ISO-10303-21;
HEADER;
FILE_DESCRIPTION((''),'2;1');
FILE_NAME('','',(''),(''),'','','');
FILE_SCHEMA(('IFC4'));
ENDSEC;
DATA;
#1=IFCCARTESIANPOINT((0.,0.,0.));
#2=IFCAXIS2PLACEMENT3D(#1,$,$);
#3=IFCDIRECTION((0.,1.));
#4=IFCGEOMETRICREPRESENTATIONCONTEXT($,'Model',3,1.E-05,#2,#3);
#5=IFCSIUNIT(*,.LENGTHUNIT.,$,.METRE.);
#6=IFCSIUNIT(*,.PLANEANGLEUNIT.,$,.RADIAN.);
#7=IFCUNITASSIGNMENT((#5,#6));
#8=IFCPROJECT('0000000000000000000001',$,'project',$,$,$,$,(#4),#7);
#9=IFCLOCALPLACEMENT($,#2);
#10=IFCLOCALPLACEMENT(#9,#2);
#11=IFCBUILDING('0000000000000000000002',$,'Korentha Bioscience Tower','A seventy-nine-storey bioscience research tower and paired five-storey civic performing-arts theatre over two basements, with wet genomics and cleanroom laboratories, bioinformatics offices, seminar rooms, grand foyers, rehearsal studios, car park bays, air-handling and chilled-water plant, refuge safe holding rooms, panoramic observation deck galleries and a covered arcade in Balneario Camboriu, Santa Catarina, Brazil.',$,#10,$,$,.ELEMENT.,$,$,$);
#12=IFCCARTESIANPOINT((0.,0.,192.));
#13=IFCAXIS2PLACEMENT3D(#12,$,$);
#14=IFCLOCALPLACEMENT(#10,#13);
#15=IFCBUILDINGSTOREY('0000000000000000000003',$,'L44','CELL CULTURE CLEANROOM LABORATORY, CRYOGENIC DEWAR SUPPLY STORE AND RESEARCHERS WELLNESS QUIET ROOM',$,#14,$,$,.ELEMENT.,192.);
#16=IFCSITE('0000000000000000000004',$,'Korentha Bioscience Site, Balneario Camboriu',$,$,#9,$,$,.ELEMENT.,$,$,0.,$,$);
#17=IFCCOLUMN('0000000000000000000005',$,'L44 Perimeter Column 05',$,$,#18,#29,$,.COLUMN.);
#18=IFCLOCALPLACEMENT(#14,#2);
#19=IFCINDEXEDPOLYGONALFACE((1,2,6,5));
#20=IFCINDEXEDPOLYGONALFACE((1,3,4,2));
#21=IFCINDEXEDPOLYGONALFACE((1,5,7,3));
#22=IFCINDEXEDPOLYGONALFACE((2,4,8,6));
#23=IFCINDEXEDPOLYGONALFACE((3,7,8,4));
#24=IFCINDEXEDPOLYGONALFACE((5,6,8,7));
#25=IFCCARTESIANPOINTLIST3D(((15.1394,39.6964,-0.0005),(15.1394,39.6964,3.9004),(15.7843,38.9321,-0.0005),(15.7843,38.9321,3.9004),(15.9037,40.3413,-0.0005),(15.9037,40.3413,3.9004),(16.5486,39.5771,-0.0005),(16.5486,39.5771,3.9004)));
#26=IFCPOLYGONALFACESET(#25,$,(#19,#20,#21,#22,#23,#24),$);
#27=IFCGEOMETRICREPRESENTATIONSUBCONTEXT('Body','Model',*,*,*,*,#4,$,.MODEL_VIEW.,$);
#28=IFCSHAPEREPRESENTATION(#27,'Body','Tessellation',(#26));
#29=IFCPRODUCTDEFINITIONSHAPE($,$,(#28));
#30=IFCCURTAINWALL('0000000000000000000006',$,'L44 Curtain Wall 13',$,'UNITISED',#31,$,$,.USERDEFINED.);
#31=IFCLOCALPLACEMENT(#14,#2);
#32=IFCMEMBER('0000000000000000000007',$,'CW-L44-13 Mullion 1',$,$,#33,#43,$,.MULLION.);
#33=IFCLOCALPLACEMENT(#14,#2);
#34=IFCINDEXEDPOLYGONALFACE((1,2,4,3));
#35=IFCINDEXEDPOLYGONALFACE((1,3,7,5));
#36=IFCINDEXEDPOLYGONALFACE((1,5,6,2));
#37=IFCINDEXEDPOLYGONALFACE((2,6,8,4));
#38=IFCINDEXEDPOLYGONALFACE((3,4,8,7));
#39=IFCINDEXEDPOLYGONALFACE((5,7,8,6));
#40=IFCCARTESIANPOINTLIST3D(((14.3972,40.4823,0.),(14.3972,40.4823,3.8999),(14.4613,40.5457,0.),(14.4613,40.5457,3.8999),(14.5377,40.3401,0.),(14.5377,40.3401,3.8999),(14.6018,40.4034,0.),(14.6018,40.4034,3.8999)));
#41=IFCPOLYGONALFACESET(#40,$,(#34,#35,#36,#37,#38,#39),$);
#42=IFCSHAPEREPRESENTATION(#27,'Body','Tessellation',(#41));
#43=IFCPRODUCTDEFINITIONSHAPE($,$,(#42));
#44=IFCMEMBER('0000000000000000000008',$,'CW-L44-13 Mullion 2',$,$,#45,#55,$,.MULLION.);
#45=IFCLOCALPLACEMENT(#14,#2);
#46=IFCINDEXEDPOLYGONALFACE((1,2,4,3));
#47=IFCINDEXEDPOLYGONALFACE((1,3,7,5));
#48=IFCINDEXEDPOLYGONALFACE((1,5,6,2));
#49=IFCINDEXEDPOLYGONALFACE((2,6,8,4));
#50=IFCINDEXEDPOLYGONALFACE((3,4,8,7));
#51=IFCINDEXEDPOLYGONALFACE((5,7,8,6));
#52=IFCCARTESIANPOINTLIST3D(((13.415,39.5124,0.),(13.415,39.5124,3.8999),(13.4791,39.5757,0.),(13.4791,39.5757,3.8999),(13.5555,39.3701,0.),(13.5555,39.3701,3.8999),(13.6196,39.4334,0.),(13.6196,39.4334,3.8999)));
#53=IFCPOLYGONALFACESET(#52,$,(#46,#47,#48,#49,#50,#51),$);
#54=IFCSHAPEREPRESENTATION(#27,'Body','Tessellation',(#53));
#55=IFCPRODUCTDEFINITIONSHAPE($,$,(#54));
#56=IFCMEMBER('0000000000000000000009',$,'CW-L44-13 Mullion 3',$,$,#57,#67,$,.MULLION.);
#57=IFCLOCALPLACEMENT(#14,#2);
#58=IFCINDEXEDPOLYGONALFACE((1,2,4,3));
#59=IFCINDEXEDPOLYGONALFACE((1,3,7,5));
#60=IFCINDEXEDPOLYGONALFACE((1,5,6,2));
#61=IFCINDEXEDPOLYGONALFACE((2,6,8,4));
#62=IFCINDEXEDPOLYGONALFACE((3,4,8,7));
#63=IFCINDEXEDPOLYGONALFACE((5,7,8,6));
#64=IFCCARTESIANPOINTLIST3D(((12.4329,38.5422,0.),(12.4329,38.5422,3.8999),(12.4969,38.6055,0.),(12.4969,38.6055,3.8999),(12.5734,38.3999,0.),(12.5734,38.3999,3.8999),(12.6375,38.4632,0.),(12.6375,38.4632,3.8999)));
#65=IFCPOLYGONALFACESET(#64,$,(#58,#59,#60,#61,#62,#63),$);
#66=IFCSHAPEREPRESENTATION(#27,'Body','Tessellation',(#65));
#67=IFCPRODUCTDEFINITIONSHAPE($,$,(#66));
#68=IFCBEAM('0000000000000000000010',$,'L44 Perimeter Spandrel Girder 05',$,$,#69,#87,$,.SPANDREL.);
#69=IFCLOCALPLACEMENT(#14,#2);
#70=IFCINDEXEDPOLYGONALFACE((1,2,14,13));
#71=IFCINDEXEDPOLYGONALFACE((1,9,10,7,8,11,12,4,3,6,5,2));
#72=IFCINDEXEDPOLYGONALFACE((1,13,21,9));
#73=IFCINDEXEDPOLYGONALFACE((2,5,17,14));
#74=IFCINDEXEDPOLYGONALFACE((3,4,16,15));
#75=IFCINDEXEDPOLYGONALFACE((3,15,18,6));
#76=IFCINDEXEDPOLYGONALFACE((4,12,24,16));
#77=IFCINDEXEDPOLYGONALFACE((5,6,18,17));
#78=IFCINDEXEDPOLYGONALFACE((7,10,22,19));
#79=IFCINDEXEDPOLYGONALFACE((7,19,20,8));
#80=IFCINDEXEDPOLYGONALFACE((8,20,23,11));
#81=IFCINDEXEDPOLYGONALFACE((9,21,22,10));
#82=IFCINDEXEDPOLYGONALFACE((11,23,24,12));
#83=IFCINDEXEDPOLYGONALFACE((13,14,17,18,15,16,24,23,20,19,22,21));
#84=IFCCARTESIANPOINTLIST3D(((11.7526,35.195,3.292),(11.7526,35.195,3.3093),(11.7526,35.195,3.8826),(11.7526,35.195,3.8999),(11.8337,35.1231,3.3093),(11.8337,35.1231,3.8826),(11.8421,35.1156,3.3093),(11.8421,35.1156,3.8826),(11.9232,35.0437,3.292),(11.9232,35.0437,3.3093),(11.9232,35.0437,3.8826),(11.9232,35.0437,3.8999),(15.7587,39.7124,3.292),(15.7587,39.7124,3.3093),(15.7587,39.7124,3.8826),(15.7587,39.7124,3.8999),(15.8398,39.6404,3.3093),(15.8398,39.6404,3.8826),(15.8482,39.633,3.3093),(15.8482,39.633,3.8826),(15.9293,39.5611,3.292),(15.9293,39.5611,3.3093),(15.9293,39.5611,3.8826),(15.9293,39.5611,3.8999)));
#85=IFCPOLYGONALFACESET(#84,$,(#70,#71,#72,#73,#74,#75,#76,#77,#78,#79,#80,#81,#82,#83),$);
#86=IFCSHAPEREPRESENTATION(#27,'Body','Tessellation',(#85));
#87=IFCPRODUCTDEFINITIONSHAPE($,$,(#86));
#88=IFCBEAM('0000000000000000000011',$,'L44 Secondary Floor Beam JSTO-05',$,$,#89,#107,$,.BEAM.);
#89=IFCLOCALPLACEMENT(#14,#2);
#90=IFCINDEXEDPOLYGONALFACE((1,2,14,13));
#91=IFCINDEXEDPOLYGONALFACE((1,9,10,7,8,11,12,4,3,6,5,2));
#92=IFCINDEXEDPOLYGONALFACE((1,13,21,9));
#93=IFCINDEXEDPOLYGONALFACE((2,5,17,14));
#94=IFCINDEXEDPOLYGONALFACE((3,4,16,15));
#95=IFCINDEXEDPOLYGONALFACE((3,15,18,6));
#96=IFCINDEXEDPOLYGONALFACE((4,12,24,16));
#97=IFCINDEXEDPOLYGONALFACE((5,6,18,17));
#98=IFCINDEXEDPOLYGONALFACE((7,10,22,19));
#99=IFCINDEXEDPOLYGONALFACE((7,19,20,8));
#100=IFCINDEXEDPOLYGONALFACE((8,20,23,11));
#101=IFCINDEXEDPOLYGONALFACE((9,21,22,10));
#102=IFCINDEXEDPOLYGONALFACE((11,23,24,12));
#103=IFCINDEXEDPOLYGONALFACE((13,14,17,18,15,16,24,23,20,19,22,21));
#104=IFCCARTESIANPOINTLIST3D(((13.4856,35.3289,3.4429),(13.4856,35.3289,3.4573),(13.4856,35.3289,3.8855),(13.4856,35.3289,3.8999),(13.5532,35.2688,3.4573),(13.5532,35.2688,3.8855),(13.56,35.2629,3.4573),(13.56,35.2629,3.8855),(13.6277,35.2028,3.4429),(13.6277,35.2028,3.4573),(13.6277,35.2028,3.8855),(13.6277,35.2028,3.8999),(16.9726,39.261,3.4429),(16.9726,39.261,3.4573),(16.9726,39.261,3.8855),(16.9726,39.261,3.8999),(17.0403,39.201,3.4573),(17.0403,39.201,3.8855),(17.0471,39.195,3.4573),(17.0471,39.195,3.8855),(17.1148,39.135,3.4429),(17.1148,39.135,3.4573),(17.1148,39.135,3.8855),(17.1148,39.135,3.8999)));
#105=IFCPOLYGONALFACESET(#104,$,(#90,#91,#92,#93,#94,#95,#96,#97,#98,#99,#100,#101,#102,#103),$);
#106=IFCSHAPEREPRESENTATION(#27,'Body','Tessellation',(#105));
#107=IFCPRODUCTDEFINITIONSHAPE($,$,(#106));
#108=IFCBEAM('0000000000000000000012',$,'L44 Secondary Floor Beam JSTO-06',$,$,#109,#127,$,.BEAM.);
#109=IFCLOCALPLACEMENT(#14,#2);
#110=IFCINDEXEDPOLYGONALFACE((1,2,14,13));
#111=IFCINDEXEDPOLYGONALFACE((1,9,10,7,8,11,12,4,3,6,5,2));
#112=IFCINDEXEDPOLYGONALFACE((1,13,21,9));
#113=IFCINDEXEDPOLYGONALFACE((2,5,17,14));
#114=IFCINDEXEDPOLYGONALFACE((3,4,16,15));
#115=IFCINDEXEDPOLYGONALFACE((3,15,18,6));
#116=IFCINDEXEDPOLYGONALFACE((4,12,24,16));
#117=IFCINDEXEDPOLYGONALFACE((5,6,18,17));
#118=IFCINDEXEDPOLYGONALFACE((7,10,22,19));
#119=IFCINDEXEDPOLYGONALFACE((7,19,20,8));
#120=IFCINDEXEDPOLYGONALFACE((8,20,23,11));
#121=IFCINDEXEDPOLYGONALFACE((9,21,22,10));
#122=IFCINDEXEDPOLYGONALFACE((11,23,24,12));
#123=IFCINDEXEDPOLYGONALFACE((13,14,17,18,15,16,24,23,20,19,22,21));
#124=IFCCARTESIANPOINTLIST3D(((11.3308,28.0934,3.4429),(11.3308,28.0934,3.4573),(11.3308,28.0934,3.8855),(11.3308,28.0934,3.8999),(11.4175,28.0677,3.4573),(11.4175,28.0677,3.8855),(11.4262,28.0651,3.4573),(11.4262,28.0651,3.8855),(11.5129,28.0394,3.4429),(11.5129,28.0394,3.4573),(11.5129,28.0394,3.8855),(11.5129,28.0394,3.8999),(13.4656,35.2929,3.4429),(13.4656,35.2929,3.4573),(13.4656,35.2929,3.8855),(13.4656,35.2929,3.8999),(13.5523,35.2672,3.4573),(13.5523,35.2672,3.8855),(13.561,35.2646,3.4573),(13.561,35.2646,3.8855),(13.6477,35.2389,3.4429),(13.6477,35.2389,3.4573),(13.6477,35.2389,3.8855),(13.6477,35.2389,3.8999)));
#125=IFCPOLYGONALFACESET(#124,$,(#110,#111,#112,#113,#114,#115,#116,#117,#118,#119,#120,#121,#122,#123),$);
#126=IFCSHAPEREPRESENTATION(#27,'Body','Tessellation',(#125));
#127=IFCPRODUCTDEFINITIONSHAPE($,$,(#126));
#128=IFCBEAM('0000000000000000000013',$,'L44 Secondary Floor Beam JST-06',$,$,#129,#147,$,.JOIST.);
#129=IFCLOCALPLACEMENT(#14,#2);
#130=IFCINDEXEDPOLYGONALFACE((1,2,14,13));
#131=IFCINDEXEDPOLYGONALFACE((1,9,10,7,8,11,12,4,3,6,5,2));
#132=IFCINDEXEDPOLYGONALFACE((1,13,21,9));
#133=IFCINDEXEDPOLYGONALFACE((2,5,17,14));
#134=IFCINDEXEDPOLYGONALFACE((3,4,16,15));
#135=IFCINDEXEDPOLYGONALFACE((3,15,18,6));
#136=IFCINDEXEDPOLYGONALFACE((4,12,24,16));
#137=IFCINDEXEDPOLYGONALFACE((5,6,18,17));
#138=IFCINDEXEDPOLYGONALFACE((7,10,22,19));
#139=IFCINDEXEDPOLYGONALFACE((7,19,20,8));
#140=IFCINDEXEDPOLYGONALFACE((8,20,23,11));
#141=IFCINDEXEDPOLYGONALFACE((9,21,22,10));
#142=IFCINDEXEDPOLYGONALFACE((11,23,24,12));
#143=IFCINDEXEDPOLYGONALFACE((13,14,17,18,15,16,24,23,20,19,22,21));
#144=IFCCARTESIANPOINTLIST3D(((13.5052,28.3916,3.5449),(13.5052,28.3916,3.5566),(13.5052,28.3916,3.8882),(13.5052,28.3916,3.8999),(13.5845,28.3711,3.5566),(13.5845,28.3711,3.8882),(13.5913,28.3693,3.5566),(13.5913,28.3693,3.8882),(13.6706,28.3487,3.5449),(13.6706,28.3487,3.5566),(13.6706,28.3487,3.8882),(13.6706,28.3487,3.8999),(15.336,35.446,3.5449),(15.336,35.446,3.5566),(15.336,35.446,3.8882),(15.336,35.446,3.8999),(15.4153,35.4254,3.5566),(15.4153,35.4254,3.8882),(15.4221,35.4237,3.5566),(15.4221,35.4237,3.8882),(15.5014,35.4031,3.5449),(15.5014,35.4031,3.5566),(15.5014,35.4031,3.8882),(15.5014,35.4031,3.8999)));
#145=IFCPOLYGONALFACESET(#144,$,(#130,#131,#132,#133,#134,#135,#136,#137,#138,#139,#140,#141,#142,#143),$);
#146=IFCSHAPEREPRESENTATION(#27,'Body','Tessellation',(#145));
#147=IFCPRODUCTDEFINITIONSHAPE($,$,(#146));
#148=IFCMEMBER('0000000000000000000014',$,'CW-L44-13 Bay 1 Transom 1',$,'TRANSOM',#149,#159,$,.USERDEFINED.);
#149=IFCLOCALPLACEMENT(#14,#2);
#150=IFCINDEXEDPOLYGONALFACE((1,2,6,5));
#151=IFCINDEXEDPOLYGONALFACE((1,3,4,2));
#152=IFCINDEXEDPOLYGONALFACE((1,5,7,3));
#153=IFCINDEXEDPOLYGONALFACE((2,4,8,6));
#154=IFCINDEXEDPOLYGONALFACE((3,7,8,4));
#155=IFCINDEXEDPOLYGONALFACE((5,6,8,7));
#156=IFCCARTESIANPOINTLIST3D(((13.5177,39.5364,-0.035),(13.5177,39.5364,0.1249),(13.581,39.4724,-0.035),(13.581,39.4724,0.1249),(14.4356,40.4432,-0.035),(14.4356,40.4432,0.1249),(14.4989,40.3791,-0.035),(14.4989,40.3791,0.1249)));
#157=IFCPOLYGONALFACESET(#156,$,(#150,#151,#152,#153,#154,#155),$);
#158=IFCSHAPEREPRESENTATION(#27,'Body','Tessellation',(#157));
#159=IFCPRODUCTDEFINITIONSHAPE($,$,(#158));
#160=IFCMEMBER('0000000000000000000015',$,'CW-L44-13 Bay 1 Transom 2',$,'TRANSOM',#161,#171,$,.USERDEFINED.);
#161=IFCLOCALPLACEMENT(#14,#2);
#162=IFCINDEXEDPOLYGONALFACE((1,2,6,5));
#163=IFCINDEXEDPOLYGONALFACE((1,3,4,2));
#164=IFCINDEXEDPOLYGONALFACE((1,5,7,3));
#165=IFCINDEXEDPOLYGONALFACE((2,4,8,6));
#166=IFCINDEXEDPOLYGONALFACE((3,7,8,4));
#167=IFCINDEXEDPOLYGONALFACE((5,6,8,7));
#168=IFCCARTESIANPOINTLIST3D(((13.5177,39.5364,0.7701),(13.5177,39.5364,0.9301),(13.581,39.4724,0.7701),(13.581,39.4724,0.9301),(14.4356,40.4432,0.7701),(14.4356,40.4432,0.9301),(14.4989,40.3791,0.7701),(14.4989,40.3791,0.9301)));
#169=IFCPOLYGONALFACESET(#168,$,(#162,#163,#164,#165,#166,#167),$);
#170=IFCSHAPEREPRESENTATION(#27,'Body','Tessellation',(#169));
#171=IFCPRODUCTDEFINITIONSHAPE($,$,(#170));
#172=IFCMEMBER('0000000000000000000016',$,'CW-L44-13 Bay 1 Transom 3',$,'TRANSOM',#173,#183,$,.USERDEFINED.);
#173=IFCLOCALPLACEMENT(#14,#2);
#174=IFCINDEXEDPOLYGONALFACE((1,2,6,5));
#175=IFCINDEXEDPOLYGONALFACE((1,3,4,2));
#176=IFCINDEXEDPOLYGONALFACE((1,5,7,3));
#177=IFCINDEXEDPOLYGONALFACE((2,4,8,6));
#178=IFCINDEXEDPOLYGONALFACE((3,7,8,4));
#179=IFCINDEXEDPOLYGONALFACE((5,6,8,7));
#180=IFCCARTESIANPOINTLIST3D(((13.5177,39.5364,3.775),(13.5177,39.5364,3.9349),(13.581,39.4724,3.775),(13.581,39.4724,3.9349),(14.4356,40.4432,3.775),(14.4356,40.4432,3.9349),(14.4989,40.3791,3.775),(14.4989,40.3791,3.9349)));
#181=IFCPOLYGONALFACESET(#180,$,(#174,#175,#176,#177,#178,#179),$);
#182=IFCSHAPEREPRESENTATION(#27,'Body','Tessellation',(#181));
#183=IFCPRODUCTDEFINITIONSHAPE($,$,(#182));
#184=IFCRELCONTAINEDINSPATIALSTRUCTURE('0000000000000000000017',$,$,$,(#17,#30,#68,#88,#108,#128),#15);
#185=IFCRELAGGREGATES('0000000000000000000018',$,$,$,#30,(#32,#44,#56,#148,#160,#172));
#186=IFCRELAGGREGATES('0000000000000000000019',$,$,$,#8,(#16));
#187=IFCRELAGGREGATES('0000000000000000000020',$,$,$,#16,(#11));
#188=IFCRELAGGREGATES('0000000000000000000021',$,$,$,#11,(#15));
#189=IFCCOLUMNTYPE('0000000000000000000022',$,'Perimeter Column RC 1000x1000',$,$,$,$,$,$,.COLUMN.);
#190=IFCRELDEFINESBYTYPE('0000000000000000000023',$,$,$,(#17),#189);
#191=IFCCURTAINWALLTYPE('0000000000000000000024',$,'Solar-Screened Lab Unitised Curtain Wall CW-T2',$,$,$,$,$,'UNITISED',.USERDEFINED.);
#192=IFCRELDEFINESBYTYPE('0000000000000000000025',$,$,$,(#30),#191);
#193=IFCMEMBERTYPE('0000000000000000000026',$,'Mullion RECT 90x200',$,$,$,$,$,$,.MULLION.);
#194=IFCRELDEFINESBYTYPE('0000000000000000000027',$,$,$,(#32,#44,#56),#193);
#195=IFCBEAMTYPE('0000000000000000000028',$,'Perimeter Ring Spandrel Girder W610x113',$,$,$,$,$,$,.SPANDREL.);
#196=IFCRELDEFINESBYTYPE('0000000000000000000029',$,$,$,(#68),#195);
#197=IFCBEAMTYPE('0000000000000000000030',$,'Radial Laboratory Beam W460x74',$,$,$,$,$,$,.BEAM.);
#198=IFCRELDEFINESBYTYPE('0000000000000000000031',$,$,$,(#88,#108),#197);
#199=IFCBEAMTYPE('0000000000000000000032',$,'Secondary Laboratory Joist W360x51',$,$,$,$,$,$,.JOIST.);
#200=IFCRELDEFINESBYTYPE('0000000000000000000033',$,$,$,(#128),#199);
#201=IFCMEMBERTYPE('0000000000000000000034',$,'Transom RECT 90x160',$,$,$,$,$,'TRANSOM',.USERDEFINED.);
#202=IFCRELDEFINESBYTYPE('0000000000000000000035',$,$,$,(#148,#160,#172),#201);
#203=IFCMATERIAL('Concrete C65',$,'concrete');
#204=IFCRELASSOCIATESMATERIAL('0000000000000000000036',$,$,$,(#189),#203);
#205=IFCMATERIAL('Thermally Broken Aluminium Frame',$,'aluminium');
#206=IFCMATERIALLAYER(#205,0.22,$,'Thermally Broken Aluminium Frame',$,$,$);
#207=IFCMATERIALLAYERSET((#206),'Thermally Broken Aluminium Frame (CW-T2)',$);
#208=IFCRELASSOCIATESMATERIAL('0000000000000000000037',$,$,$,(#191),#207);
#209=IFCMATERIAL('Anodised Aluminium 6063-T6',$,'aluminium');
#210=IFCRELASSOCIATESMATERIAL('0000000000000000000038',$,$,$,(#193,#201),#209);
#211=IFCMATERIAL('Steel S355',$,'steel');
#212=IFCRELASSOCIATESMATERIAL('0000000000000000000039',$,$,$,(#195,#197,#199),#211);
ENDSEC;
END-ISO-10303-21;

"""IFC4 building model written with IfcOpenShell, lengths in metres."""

from ifc_helpers import new_model, si_unit, direction, frame, origin, origin_2d, place, context, subcontext, project, spatial, rectangle, i_section, extrude, material, layer, layer_set, material_profile, profile_set, type_object, element, aggregate, save


model = new_model("IFC4")

# Units and contexts
model_context = context("Model", 3, precision=1e-05, world=origin(), true_north=direction((0.0, 1.0)))
body_context = subcontext(model_context, "Body", "Model", "MODEL_VIEW")
ifc_project = project(units=[si_unit("LENGTHUNIT", "METRE"), si_unit("PLANEANGLEUNIT", "RADIAN")], contexts=[model_context])

# Site, building, storey
site_placement = place(None, origin())
site = spatial("IfcSite", under=ifc_project, at=site_placement, Name="Korentha Bioscience Site, Balneario Camboriu", CompositionType="ELEMENT", RefElevation=0.0)
building_placement = place(site_placement, origin())
building = spatial("IfcBuilding", under=site, at=building_placement, Name="Korentha Bioscience Tower", Description="A seventy-nine-storey bioscience research tower and paired five-storey civic performing-arts theatre over two basements, with wet genomics and cleanroom laboratories, bioinformatics offices, seminar rooms, grand foyers, rehearsal studios, car park bays, air-handling and chilled-water plant, refuge safe holding rooms, panoramic observation deck galleries and a covered arcade in Balneario Camboriu, Santa Catarina, Brazil.", CompositionType="ELEMENT")
storey_placement = place(building_placement, frame((0.0, 0.0, 192.0)))
storey = spatial("IfcBuildingStorey", under=building, at=storey_placement, Name="L44", Description="CELL CULTURE CLEANROOM LABORATORY, CRYOGENIC DEWAR SUPPLY STORE AND RESEARCHERS WELLNESS QUIET ROOM", CompositionType="ELEMENT", Elevation=192.0)

# Column
ifc_material_1 = material(Name="Concrete C65", Category="concrete")
ifc_material_profile_1 = material_profile(ifc_material_1, rectangle(XDim=1.0, YDim=1.0, at=origin_2d()), Name="Concrete C65")
ifc_profile_set_1 = profile_set([ifc_material_profile_1], Name="Concrete C65 (COL-P10)")
column_type = type_object("IfcColumnType", Name="Perimeter Column RC 1000x1000", PredefinedType="COLUMN", material=ifc_profile_set_1)
column_placement = place(storey_placement, frame((15.844, 39.6367, -0.0005), z_axis=(0.0, 0.0, 1.0), x_axis=(0.764246, 0.644924, 0.0)))
element("IfcColumn", 1, at=column_placement, inside=storey, type_object=column_type, Name="L44 Perimeter Column 05", PredefinedType="COLUMN", context=body_context, shape_type="SweptSolid", body=[
    extrude(rectangle(XDim=1.0, YDim=1.0, at=origin_2d()), origin(), (0.0, 0.0, 1.0), 3.9009),
])

# Curtain wall, members
ifc_material_2 = material(Name="Thermally Broken Aluminium Frame", Category="aluminium")
ifc_layer_1 = layer(ifc_material_2, 0.22, Name="Thermally Broken Aluminium Frame")
ifc_layer_set_1 = layer_set([ifc_layer_1], Name="Thermally Broken Aluminium Frame (CW-T2)")
curtain_wall_type = type_object("IfcCurtainWallType", Name="Solar-Screened Lab Unitised Curtain Wall CW-T2", ElementType="UNITISED", PredefinedType="USERDEFINED", material=ifc_layer_set_1)
curtain_wall_placement = place(storey_placement, origin())
curtain_wall = element("IfcCurtainWall", 2, at=curtain_wall_placement, inside=storey, type_object=curtain_wall_type, Name="L44 Curtain Wall 13", ObjectType="UNITISED", PredefinedType="USERDEFINED")
ifc_material_3 = material(Name="Anodised Aluminium 6063-T6", Category="aluminium")
ifc_material_profile_2 = material_profile(ifc_material_3, rectangle(XDim=0.0901, YDim=0.2, at=origin_2d()), Name="Anodised Aluminium 6063-T6")
ifc_profile_set_2 = profile_set([ifc_material_profile_2], Name="Anodised Aluminium 6063-T6 (CW-MUL)")
member_type_1 = type_object("IfcMemberType", Name="Mullion RECT 90x200", PredefinedType="MULLION", material=ifc_profile_set_2)
member_1_placement = place(storey_placement, frame((14.4995, 40.4429, 0.0), z_axis=(0.0, 0.0, 1.0), x_axis=(-0.711461, -0.702726, 0.0)))
member_1 = element("IfcMember", 3, at=member_1_placement, type_object=member_type_1, Name="CW-L44-13 Mullion 1", PredefinedType="MULLION", context=body_context, shape_type="SweptSolid", body=[
    extrude(rectangle(XDim=0.0901, YDim=0.2, at=origin_2d()), origin(), (0.0, 0.0, 1.0), 3.8999),
])
member_2_placement = place(storey_placement, frame((13.5173, 39.4729, 0.0), z_axis=(0.0, 0.0, 1.0), x_axis=(-0.711461, -0.702726, 0.0)))
member_2 = element("IfcMember", 4, at=member_2_placement, type_object=member_type_1, Name="CW-L44-13 Mullion 2", PredefinedType="MULLION", context=body_context, shape_type="SweptSolid", body=[
    extrude(rectangle(XDim=0.0901, YDim=0.2, at=origin_2d()), origin(), (0.0, 0.0, 1.0), 3.8999),
])
member_3_placement = place(storey_placement, frame((12.5352, 38.5027, 0.0), z_axis=(0.0, 0.0, 1.0), x_axis=(-0.711461, -0.702726, 0.0)))
member_3 = element("IfcMember", 5, at=member_3_placement, type_object=member_type_1, Name="CW-L44-13 Mullion 3", PredefinedType="MULLION", context=body_context, shape_type="SweptSolid", body=[
    extrude(rectangle(XDim=0.0901, YDim=0.2, at=origin_2d()), origin(), (0.0, 0.0, 1.0), 3.8999),
])

# Beams
ifc_material_4 = material(Name="Steel S355", Category="steel")
ifc_material_profile_3 = material_profile(ifc_material_4, i_section(OverallWidth=0.228, OverallDepth=0.6079, WebThickness=0.0112, FlangeThickness=0.0173, at=origin_2d()), Name="Steel S355")
ifc_profile_set_3 = profile_set([ifc_material_profile_3], Name="Steel S355 (SB-610)")
beam_type_1 = type_object("IfcBeamType", Name="Perimeter Ring Spandrel Girder W610x113", PredefinedType="SPANDREL", material=ifc_profile_set_3)
beam_1_placement = place(storey_placement, frame((15.844, 39.6367, 3.5959), z_axis=(-0.663503, -0.748174, 0.0), x_axis=(0.748174, -0.663503, 0.0)))
element("IfcBeam", 6, at=beam_1_placement, inside=storey, type_object=beam_type_1, Name="L44 Perimeter Spandrel Girder 05", PredefinedType="SPANDREL", context=body_context, shape_type="SweptSolid", body=[
    extrude(i_section(OverallWidth=0.228, OverallDepth=0.6079, WebThickness=0.0112, FlangeThickness=0.0173, at=origin_2d()), origin(), (0.0, 0.0, 1.0), 6.0378),
])
ifc_material_profile_4 = material_profile(ifc_material_4, i_section(OverallWidth=0.1899, OverallDepth=0.457, WebThickness=0.009, FlangeThickness=0.0144, at=origin_2d()), Name="Steel S355")
ifc_profile_set_4 = profile_set([ifc_material_profile_4], Name="Steel S355 (RB-460)")
beam_type_2 = type_object("IfcBeamType", Name="Radial Laboratory Beam W460x74", PredefinedType="BEAM", material=ifc_profile_set_4)
beam_2_placement = place(storey_placement, frame((17.0437, 39.198, 3.6714), z_axis=(-0.663496, -0.74818, 0.0), x_axis=(0.74818, -0.663496, 0.0)))
element("IfcBeam", 7, at=beam_2_placement, inside=storey, type_object=beam_type_2, Name="L44 Secondary Floor Beam JSTO-05", PredefinedType="BEAM", context=body_context, shape_type="SweptSolid", body=[
    extrude(i_section(OverallWidth=0.1899, OverallDepth=0.457, WebThickness=0.009, FlangeThickness=0.0144, at=origin_2d()), origin(), (0.0, 0.0, 1.0), 5.2556),
])
beam_3_placement = place(storey_placement, frame((13.5566, 35.2659, 3.6714), z_axis=(-0.284283, -0.95874, 0.0), x_axis=(0.95874, -0.284283, 0.0)))
element("IfcBeam", 8, at=beam_3_placement, inside=storey, type_object=beam_type_2, Name="L44 Secondary Floor Beam JSTO-06", PredefinedType="BEAM", context=body_context, shape_type="SweptSolid", body=[
    extrude(i_section(OverallWidth=0.1899, OverallDepth=0.457, WebThickness=0.009, FlangeThickness=0.0144, at=origin_2d()), origin(), (0.0, 0.0, 1.0), 7.5093),
])
ifc_material_profile_5 = material_profile(ifc_material_4, i_section(OverallWidth=0.1709, OverallDepth=0.355, WebThickness=0.0071, FlangeThickness=0.0117, at=origin_2d()), Name="Steel S355")
ifc_profile_set_5 = profile_set([ifc_material_profile_5], Name="Steel S355 (JB-360)")
beam_type_3 = type_object("IfcBeamType", Name="Secondary Laboratory Joist W360x51", PredefinedType="JOIST", material=ifc_profile_set_5)
beam_4_placement = place(storey_placement, frame((15.4187, 35.4246, 3.7224), z_axis=(-0.251204, -0.967934, 0.0), x_axis=(0.967934, -0.251204, 0.0)))
element("IfcBeam", 9, at=beam_4_placement, inside=storey, type_object=beam_type_3, Name="L44 Secondary Floor Beam JST-06", PredefinedType="JOIST", context=body_context, shape_type="SweptSolid", body=[
    extrude(i_section(OverallWidth=0.1709, OverallDepth=0.355, WebThickness=0.0071, FlangeThickness=0.0117, at=origin_2d()), origin(), (0.0, 0.0, 1.0), 7.2881),
])

# Members
ifc_material_profile_6 = material_profile(ifc_material_3, rectangle(XDim=0.0901, YDim=0.1599, at=origin_2d()), Name="Anodised Aluminium 6063-T6")
ifc_profile_set_6 = profile_set([ifc_material_profile_6], Name="Anodised Aluminium 6063-T6 (CW-TRN)")
member_type_2 = type_object("IfcMemberType", Name="Transom RECT 90x160", ElementType="TRANSOM", PredefinedType="USERDEFINED", material=ifc_profile_set_6)
member_4_placement = place(storey_placement, frame((14.4673, 40.4111, 0.0449), z_axis=(-0.711445, -0.702741, 0.0), x_axis=(0.702741, -0.711445, 0.0)))
member_4 = element("IfcMember", 10, at=member_4_placement, type_object=member_type_2, Name="CW-L44-13 Bay 1 Transom 1", ObjectType="TRANSOM", PredefinedType="USERDEFINED", context=body_context, shape_type="SweptSolid", body=[
    extrude(rectangle(XDim=0.0901, YDim=0.1599, at=origin_2d()), origin(), (0.0, 0.0, 1.0), 1.2903),
])
member_5_placement = place(storey_placement, frame((14.4673, 40.4111, 0.8501), z_axis=(-0.711445, -0.702741, 0.0), x_axis=(0.702741, -0.711445, 0.0)))
member_5 = element("IfcMember", 11, at=member_5_placement, type_object=member_type_2, Name="CW-L44-13 Bay 1 Transom 2", ObjectType="TRANSOM", PredefinedType="USERDEFINED", context=body_context, shape_type="SweptSolid", body=[
    extrude(rectangle(XDim=0.0901, YDim=0.1599, at=origin_2d()), origin(), (0.0, 0.0, 1.0), 1.2903),
])
member_6_placement = place(storey_placement, frame((14.4673, 40.4111, 3.855), z_axis=(-0.711445, -0.702741, 0.0), x_axis=(0.702741, -0.711445, 0.0)))
member_6 = element("IfcMember", 12, at=member_6_placement, type_object=member_type_2, Name="CW-L44-13 Bay 1 Transom 3", ObjectType="TRANSOM", PredefinedType="USERDEFINED", context=body_context, shape_type="SweptSolid", body=[
    extrude(rectangle(XDim=0.0901, YDim=0.1599, at=origin_2d()), origin(), (0.0, 0.0, 1.0), 1.2903),
])

aggregate(curtain_wall, [member_1, member_2, member_3, member_4, member_5, member_6])

save(model, "model.ifc")
